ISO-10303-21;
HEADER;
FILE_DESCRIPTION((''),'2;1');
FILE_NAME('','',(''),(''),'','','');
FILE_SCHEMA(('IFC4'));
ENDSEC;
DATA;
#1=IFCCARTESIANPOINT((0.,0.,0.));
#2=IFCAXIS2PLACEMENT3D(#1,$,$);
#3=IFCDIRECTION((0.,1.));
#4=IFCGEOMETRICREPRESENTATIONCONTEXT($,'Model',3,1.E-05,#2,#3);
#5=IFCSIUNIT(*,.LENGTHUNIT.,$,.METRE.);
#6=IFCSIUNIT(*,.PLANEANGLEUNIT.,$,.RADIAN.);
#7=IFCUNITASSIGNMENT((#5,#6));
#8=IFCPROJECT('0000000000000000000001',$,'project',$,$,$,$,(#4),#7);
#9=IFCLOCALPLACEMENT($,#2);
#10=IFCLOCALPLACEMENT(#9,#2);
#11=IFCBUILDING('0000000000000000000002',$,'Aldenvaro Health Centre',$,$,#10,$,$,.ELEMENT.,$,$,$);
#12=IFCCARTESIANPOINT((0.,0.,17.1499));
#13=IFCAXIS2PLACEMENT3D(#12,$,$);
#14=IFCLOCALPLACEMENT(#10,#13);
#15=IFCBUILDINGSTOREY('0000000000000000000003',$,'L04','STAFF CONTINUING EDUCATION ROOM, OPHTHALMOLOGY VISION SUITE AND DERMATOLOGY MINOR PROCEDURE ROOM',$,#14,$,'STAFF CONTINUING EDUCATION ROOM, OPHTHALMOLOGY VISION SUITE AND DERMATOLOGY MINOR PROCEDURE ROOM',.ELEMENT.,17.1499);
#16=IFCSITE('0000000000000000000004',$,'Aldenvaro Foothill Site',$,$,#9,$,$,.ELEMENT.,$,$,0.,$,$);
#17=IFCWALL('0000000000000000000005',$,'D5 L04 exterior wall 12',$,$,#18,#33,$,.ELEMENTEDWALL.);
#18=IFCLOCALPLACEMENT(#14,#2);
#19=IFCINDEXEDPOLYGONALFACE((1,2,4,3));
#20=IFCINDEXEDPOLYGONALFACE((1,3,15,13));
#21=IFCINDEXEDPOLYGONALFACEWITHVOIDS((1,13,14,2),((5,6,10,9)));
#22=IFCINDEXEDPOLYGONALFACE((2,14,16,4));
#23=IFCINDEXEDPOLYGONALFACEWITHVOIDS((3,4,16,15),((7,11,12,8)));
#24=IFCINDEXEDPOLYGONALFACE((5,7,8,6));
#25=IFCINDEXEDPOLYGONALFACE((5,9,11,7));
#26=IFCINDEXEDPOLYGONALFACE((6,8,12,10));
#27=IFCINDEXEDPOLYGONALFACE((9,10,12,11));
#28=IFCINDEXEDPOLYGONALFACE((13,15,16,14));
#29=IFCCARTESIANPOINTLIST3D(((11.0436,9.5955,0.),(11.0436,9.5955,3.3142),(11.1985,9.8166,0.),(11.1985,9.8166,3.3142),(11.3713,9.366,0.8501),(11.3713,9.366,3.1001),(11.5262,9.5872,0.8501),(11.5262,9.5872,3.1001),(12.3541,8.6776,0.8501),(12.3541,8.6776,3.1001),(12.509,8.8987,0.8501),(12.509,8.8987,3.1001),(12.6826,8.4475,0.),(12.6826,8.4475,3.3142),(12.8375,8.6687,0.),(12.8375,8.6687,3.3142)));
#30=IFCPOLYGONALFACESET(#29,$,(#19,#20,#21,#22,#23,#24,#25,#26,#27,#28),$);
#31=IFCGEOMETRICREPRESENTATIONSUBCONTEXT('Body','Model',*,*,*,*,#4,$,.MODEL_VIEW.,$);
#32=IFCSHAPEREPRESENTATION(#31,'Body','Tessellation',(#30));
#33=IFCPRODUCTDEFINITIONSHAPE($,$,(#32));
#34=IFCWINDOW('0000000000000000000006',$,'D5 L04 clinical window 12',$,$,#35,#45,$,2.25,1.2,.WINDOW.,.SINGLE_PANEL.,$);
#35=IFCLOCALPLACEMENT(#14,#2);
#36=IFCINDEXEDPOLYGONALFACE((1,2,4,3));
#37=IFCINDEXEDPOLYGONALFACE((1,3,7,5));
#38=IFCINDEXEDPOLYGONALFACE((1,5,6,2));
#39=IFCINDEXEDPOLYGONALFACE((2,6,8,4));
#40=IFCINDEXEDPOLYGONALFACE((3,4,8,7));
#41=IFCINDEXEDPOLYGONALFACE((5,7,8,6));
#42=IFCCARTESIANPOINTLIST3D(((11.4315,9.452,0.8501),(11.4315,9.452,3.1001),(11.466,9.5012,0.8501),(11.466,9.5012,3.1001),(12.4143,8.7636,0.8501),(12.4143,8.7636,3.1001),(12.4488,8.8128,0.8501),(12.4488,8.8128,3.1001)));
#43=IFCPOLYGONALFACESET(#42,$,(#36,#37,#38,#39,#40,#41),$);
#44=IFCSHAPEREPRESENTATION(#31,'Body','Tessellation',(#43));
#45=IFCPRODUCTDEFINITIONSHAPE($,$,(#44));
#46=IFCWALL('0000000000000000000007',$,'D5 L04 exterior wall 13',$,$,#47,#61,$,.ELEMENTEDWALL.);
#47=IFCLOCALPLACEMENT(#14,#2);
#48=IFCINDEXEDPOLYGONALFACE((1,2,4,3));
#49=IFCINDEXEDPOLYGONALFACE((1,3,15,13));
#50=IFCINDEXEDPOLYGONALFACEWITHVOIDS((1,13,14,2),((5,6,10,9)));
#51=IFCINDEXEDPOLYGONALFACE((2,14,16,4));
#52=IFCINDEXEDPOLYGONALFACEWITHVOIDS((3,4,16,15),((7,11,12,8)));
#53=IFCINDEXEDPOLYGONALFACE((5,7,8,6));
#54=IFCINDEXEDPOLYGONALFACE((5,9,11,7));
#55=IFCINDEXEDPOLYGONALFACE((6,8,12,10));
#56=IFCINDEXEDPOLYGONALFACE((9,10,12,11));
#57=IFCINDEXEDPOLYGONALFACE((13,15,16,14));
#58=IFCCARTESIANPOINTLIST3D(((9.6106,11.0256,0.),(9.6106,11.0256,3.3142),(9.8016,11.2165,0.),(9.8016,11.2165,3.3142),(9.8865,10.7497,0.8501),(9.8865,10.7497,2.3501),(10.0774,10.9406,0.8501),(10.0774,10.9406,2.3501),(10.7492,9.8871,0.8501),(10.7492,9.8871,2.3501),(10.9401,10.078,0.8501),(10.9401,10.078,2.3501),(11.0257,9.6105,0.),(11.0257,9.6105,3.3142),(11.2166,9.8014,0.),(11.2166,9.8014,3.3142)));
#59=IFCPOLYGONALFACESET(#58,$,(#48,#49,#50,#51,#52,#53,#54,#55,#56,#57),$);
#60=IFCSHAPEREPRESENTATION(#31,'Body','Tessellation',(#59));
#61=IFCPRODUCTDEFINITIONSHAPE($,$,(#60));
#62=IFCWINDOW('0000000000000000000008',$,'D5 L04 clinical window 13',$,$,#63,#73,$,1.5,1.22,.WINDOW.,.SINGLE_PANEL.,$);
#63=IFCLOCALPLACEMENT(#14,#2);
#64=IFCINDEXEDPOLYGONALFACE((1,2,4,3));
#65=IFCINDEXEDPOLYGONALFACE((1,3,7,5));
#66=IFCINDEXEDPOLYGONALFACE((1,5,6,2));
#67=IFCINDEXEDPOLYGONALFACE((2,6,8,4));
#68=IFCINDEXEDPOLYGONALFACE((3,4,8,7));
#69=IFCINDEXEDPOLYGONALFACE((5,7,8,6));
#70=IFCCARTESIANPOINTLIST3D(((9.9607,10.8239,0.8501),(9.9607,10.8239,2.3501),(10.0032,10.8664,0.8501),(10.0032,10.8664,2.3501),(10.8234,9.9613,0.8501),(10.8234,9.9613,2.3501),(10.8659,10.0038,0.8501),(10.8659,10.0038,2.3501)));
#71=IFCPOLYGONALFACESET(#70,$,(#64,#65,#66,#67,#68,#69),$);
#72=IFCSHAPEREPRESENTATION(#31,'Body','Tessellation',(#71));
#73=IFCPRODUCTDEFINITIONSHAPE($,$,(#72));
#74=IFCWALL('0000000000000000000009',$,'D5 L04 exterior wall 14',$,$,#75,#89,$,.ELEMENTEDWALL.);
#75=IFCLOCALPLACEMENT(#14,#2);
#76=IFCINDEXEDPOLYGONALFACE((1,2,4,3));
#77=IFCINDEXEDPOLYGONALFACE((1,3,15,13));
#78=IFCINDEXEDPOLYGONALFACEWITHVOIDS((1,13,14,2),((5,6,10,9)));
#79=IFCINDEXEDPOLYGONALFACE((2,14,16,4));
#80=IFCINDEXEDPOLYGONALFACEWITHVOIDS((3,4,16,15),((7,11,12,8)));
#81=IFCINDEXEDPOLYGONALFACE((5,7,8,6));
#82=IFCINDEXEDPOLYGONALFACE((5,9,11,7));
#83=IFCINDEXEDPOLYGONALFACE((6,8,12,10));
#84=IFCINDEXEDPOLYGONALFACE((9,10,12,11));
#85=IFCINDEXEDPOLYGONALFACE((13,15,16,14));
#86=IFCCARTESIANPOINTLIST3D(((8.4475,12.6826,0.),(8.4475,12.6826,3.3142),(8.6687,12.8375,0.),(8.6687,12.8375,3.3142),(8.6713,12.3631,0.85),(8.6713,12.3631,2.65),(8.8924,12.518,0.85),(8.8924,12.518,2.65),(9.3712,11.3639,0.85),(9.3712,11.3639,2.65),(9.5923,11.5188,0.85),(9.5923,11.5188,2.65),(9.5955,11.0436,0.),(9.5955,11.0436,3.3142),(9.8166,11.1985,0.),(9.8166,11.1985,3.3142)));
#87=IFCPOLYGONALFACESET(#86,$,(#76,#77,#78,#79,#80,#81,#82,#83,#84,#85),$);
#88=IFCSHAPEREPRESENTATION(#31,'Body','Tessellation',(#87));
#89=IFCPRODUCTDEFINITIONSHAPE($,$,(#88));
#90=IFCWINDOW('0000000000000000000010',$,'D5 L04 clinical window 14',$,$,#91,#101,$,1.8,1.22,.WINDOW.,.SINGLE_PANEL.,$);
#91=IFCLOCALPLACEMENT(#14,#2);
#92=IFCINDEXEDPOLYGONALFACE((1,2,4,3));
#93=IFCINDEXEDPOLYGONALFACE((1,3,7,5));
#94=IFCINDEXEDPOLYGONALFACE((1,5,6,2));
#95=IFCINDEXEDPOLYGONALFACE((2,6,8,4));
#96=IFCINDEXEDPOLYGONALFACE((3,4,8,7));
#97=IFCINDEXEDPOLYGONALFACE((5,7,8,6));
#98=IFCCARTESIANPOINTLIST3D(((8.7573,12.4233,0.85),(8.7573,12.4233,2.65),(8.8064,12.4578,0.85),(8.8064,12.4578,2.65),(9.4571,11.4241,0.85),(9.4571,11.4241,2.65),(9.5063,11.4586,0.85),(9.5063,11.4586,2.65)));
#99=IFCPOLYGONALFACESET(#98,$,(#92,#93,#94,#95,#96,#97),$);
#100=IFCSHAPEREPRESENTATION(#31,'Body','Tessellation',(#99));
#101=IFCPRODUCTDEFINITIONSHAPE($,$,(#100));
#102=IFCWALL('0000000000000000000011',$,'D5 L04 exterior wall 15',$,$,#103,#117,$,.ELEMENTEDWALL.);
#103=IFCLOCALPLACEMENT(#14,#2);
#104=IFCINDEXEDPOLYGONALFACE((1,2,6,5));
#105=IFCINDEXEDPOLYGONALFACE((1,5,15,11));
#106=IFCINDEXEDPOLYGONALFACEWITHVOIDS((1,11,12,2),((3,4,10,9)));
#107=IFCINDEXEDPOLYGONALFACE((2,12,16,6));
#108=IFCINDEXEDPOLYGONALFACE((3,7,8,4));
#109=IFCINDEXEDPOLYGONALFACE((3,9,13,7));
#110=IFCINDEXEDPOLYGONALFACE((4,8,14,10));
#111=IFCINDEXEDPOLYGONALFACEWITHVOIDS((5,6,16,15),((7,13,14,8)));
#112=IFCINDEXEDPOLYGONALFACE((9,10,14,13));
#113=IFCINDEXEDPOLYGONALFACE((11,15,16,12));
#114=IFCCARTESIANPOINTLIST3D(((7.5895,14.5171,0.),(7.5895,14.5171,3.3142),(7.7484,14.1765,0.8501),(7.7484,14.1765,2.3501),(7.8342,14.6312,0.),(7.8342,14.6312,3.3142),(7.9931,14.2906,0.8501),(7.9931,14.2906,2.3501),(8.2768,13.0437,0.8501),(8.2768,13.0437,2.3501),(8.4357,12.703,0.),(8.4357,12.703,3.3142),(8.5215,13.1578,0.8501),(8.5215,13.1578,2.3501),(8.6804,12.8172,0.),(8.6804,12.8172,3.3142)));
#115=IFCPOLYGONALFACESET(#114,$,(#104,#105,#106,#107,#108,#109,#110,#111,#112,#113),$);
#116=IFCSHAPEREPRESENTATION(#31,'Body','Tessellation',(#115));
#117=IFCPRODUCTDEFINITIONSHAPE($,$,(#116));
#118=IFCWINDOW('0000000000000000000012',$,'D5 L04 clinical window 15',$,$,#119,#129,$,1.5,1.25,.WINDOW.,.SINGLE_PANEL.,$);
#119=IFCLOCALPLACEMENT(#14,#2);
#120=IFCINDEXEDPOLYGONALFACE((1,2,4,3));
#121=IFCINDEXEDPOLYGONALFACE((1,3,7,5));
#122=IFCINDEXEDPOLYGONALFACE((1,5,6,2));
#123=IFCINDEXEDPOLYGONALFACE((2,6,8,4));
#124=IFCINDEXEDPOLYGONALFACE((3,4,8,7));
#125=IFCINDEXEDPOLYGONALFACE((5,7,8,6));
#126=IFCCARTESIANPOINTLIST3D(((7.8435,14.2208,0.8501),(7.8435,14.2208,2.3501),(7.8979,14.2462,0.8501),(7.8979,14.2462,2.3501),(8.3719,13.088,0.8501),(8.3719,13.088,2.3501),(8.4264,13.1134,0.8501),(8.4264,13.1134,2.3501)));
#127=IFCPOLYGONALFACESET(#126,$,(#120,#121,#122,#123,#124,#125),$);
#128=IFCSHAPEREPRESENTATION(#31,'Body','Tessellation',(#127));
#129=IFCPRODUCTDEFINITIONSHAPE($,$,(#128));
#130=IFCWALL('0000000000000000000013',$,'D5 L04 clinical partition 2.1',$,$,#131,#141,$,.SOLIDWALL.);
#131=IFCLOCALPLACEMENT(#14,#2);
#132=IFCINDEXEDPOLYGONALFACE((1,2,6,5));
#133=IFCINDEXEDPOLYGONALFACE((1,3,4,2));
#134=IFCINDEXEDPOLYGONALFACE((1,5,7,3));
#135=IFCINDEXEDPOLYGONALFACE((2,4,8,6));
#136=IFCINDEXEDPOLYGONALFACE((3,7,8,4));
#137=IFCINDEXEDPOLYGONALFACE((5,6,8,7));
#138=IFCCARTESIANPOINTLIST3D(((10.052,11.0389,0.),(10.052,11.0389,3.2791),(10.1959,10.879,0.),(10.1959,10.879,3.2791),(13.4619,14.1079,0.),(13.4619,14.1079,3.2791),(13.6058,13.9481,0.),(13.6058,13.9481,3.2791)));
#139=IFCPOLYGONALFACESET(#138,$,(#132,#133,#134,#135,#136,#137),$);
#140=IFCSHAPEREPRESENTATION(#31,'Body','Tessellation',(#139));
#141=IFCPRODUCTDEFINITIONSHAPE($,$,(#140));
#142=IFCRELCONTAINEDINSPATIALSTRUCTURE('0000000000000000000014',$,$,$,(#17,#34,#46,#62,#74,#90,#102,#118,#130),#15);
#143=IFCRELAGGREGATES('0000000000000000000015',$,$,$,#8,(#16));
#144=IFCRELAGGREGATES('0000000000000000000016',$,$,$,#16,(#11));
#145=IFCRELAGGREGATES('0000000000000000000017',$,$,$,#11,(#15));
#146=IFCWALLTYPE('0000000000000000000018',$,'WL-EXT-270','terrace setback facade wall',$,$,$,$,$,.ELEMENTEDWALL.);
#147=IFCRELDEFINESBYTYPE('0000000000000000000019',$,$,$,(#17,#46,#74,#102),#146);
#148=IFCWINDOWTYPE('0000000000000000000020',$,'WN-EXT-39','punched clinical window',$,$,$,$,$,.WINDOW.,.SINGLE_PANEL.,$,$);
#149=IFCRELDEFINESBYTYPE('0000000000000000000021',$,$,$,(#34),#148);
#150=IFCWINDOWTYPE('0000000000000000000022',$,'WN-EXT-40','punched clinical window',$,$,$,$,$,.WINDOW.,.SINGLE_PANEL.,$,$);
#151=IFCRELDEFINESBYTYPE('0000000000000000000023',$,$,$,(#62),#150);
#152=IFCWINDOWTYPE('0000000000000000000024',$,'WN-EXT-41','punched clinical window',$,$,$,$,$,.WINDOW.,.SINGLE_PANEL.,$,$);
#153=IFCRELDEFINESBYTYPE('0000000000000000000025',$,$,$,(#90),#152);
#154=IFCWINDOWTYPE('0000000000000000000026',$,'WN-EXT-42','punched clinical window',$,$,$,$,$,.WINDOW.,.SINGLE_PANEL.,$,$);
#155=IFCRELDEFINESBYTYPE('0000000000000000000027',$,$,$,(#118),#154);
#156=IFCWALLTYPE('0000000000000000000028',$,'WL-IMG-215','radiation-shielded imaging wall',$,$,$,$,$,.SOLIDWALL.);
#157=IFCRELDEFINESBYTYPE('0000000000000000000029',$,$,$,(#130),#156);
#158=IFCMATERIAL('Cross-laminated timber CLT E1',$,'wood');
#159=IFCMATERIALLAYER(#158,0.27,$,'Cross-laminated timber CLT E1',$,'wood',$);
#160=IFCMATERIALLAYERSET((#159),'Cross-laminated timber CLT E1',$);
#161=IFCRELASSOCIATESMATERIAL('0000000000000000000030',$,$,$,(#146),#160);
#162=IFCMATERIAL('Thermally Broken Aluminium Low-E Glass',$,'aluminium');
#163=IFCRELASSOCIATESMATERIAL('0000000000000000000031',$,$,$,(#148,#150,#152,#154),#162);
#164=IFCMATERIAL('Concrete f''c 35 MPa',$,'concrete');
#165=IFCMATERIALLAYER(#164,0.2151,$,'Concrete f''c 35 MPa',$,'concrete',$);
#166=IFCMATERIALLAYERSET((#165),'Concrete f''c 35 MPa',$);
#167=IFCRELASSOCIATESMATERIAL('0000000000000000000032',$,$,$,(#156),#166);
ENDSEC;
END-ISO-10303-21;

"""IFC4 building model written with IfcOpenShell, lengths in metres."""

from ifc_helpers import new_model, si_unit, direction, frame, frame_2d, origin, place, context, subcontext, project, spatial, rectangle, extrude, material, layer, layer_set, type_object, element, fill, save


model = new_model("IFC4")

# Units and contexts
model_context = context("Model", 3, precision=1e-05, world=origin(), true_north=direction((0.0, 1.0)))
body_context = subcontext(model_context, "Body", "Model", "MODEL_VIEW")
ifc_project = project(units=[si_unit("LENGTHUNIT", "METRE"), si_unit("PLANEANGLEUNIT", "RADIAN")], contexts=[model_context])

# Site, building, storey
site_placement = place(None, origin())
site = spatial("IfcSite", under=ifc_project, at=site_placement, Name="Aldenvaro Foothill Site", CompositionType="ELEMENT", RefElevation=0.0)
building_placement = place(site_placement, origin())
building = spatial("IfcBuilding", under=site, at=building_placement, Name="Aldenvaro Health Centre", CompositionType="ELEMENT")
storey_placement = place(building_placement, frame((0.0, 0.0, 17.1499)))
storey = spatial("IfcBuildingStorey", under=building, at=storey_placement, Name="L04", Description="STAFF CONTINUING EDUCATION ROOM, OPHTHALMOLOGY VISION SUITE AND DERMATOLOGY MINOR PROCEDURE ROOM", LongName="STAFF CONTINUING EDUCATION ROOM, OPHTHALMOLOGY VISION SUITE AND DERMATOLOGY MINOR PROCEDURE ROOM", CompositionType="ELEMENT", Elevation=17.1499)

# Walls, openings, windows
ifc_material_1 = material(Name="Cross-laminated timber CLT E1", Category="wood")
ifc_layer_1 = layer(ifc_material_1, 0.27, Name="Cross-laminated timber CLT E1", Category="wood")
ifc_layer_set_1 = layer_set([ifc_layer_1], Name="Cross-laminated timber CLT E1")
wall_type_1 = type_object("IfcWallType", Name="WL-EXT-270", Description="terrace setback facade wall", PredefinedType="ELEMENTEDWALL", material=ifc_layer_set_1)
wall_1_placement = place(storey_placement, frame((12.76, 8.5581, 0.0), z_axis=(0.0, 0.0, 1.0), x_axis=(-0.819066, 0.5737, 0.0)))
wall_1 = element("IfcWall", 1, at=wall_1_placement, inside=storey, type_object=wall_type_1, Name="D5 L04 exterior wall 12", PredefinedType="ELEMENTEDWALL", context=body_context, shape_type="SweptSolid", body=[
    extrude(rectangle(XDim=2.001, YDim=0.27, at=frame_2d((1.0005, 0.0))), origin(), (0.0, 0.0, 1.0), 3.3142),
])
opening_1_placement = place(wall_1_placement, frame((0.4009, 0.0, 0.8501)))
opening_1 = element("IfcOpeningElement", 2, at=opening_1_placement, cuts=wall_1, PredefinedType="OPENING", context=body_context, shape_type="SweptSolid", body=[
    extrude(rectangle(XDim=1.2, YDim=2.25, at=frame_2d((0.6001, 1.125))), frame((0.0, 0.145, 0.0), z_axis=(0.0, -1.0, 0.0), x_axis=(1.0, 0.0, 0.0)), (0.0, 0.0, 1.0), 0.29),
])
ifc_material_2 = material(Name="Thermally Broken Aluminium Low-E Glass", Category="aluminium")
window_type_1 = type_object("IfcWindowType", Name="WN-EXT-39", Description="punched clinical window", PartitioningType="SINGLE_PANEL", PredefinedType="WINDOW", material=ifc_material_2)
window_1_placement = place(opening_1_placement, origin())
window_1 = element("IfcWindow", 3, at=window_1_placement, inside=storey, type_object=window_type_1, Name="D5 L04 clinical window 12", OverallHeight=2.25, OverallWidth=1.2, PartitioningType="SINGLE_PANEL", PredefinedType="WINDOW", context=body_context, shape_type="SweptSolid", body=[
    extrude(rectangle(XDim=1.2, YDim=2.25, at=frame_2d((0.6001, 1.125))), frame((0.0, 0.03, 0.0), z_axis=(0.0, -1.0, 0.0), x_axis=(1.0, 0.0, 0.0)), (0.0, 0.0, 1.0), 0.0601),
])
fill(opening_1, window_1)
wall_2_placement = place(storey_placement, frame((11.1211, 9.7061, 0.0), z_axis=(0.0, 0.0, 1.0), x_axis=(-0.707107, 0.707107, 0.0)))
wall_2 = element("IfcWall", 4, at=wall_2_placement, inside=storey, type_object=wall_type_1, Name="D5 L04 exterior wall 13", PredefinedType="ELEMENTEDWALL", context=body_context, shape_type="SweptSolid", body=[
    extrude(rectangle(XDim=2.0012, YDim=0.27, at=frame_2d((1.0005, 0.0))), origin(), (0.0, 0.0, 1.0), 3.3142),
])
opening_2_placement = place(wall_2_placement, frame((0.3911, 0.0, 0.8501)))
opening_2 = element("IfcOpeningElement", 5, at=opening_2_placement, cuts=wall_2, PredefinedType="OPENING", context=body_context, shape_type="SweptSolid", body=[
    extrude(rectangle(XDim=1.22, YDim=1.5, at=frame_2d((0.6099, 0.75))), frame((0.0, 0.145, 0.0), z_axis=(0.0, -1.0, 0.0), x_axis=(1.0, 0.0, 0.0)), (0.0, 0.0, 1.0), 0.29),
])
window_type_2 = type_object("IfcWindowType", Name="WN-EXT-40", Description="punched clinical window", PartitioningType="SINGLE_PANEL", PredefinedType="WINDOW", material=ifc_material_2)
window_2_placement = place(opening_2_placement, origin())
window_2 = element("IfcWindow", 6, at=window_2_placement, inside=storey, type_object=window_type_2, Name="D5 L04 clinical window 13", OverallHeight=1.5, OverallWidth=1.22, PartitioningType="SINGLE_PANEL", PredefinedType="WINDOW", context=body_context, shape_type="SweptSolid", body=[
    extrude(rectangle(XDim=1.22, YDim=1.5, at=frame_2d((0.6099, 0.75))), frame((0.0, 0.03, 0.0), z_axis=(0.0, -1.0, 0.0), x_axis=(1.0, 0.0, 0.0)), (0.0, 0.0, 1.0), 0.0601),
])
fill(opening_2, window_2)
wall_3_placement = place(storey_placement, frame((9.7061, 11.1211, 0.0), z_axis=(0.0, 0.0, 1.0), x_axis=(-0.5737, 0.819066, 0.0)))
wall_3 = element("IfcWall", 7, at=wall_3_placement, inside=storey, type_object=wall_type_1, Name="D5 L04 exterior wall 14", PredefinedType="ELEMENTEDWALL", context=body_context, shape_type="SweptSolid", body=[
    extrude(rectangle(XDim=2.001, YDim=0.27, at=frame_2d((1.0005, 0.0))), origin(), (0.0, 0.0, 1.0), 3.3142),
])
opening_3_placement = place(wall_3_placement, frame((0.3911, 0.0, 0.8501)))
opening_3 = element("IfcOpeningElement", 8, at=opening_3_placement, cuts=wall_3, PredefinedType="OPENING", context=body_context, shape_type="SweptSolid", body=[
    extrude(rectangle(XDim=1.22, YDim=1.8, at=frame_2d((0.6099, 0.8999))), frame((0.0, 0.145, 0.0), z_axis=(0.0, -1.0, 0.0), x_axis=(1.0, 0.0, 0.0)), (0.0, 0.0, 1.0), 0.29),
])
window_type_3 = type_object("IfcWindowType", Name="WN-EXT-41", Description="punched clinical window", PartitioningType="SINGLE_PANEL", PredefinedType="WINDOW", material=ifc_material_2)
window_3_placement = place(opening_3_placement, origin())
window_3 = element("IfcWindow", 9, at=window_3_placement, inside=storey, type_object=window_type_3, Name="D5 L04 clinical window 14", OverallHeight=1.8, OverallWidth=1.22, PartitioningType="SINGLE_PANEL", PredefinedType="WINDOW", context=body_context, shape_type="SweptSolid", body=[
    extrude(rectangle(XDim=1.22, YDim=1.8, at=frame_2d((0.6099, 0.8999))), frame((0.0, 0.03, 0.0), z_axis=(0.0, -1.0, 0.0), x_axis=(1.0, 0.0, 0.0)), (0.0, 0.0, 1.0), 0.0601),
])
fill(opening_3, window_3)
wall_4_placement = place(storey_placement, frame((8.5581, 12.76, 0.0), z_axis=(0.0, 0.0, 1.0), x_axis=(-0.422752, 0.906245, 0.0)))
wall_4 = element("IfcWall", 10, at=wall_4_placement, inside=storey, type_object=wall_type_1, Name="D5 L04 exterior wall 15", PredefinedType="ELEMENTEDWALL", context=body_context, shape_type="SweptSolid", body=[
    extrude(rectangle(XDim=2.0017, YDim=0.27, at=frame_2d((1.001, 0.0))), origin(), (0.0, 0.0, 1.0), 3.3142),
])
opening_4_placement = place(wall_4_placement, frame((0.376, 0.0, 0.8501)))
opening_4 = element("IfcOpeningElement", 11, at=opening_4_placement, cuts=wall_4, PredefinedType="OPENING", context=body_context, shape_type="SweptSolid", body=[
    extrude(rectangle(XDim=1.25, YDim=1.5, at=frame_2d((0.625, 0.75))), frame((0.0, 0.145, 0.0), z_axis=(0.0, -1.0, 0.0), x_axis=(1.0, 0.0, 0.0)), (0.0, 0.0, 1.0), 0.29),
])
window_type_4 = type_object("IfcWindowType", Name="WN-EXT-42", Description="punched clinical window", PartitioningType="SINGLE_PANEL", PredefinedType="WINDOW", material=ifc_material_2)
window_4_placement = place(opening_4_placement, origin())
window_4 = element("IfcWindow", 12, at=window_4_placement, inside=storey, type_object=window_type_4, Name="D5 L04 clinical window 15", OverallHeight=1.5, OverallWidth=1.25, PartitioningType="SINGLE_PANEL", PredefinedType="WINDOW", context=body_context, shape_type="SweptSolid", body=[
    extrude(rectangle(XDim=1.25, YDim=1.5, at=frame_2d((0.625, 0.75))), frame((0.0, 0.03, 0.0), z_axis=(0.0, -1.0, 0.0), x_axis=(1.0, 0.0, 0.0)), (0.0, 0.0, 1.0), 0.0601),
])
fill(opening_4, window_4)

# Wall
ifc_material_3 = material(Name="Concrete f'c 35 MPa", Category="concrete")
ifc_layer_2 = layer(ifc_material_3, 0.2151, Name="Concrete f'c 35 MPa", Category="concrete")
ifc_layer_set_2 = layer_set([ifc_layer_2], Name="Concrete f'c 35 MPa")
wall_type_2 = type_object("IfcWallType", Name="WL-IMG-215", Description="radiation-shielded imaging wall", PredefinedType="SOLIDWALL", material=ifc_layer_set_2)
wall_5_placement = place(storey_placement, frame((13.5339, 14.0281, 0.0), z_axis=(0.0, 0.0, 1.0), x_axis=(-0.743276, -0.668985, 0.0)))
element("IfcWall", 13, at=wall_5_placement, inside=storey, type_object=wall_type_2, Name="D5 L04 clinical partition 2.1", PredefinedType="SOLIDWALL", context=body_context, shape_type="SweptSolid", body=[
    extrude(rectangle(XDim=4.5876, YDim=0.2151, at=frame_2d((2.2939, 0.0))), origin(), (0.0, 0.0, 1.0), 3.2791),
])

save(model, "model.ifc")
